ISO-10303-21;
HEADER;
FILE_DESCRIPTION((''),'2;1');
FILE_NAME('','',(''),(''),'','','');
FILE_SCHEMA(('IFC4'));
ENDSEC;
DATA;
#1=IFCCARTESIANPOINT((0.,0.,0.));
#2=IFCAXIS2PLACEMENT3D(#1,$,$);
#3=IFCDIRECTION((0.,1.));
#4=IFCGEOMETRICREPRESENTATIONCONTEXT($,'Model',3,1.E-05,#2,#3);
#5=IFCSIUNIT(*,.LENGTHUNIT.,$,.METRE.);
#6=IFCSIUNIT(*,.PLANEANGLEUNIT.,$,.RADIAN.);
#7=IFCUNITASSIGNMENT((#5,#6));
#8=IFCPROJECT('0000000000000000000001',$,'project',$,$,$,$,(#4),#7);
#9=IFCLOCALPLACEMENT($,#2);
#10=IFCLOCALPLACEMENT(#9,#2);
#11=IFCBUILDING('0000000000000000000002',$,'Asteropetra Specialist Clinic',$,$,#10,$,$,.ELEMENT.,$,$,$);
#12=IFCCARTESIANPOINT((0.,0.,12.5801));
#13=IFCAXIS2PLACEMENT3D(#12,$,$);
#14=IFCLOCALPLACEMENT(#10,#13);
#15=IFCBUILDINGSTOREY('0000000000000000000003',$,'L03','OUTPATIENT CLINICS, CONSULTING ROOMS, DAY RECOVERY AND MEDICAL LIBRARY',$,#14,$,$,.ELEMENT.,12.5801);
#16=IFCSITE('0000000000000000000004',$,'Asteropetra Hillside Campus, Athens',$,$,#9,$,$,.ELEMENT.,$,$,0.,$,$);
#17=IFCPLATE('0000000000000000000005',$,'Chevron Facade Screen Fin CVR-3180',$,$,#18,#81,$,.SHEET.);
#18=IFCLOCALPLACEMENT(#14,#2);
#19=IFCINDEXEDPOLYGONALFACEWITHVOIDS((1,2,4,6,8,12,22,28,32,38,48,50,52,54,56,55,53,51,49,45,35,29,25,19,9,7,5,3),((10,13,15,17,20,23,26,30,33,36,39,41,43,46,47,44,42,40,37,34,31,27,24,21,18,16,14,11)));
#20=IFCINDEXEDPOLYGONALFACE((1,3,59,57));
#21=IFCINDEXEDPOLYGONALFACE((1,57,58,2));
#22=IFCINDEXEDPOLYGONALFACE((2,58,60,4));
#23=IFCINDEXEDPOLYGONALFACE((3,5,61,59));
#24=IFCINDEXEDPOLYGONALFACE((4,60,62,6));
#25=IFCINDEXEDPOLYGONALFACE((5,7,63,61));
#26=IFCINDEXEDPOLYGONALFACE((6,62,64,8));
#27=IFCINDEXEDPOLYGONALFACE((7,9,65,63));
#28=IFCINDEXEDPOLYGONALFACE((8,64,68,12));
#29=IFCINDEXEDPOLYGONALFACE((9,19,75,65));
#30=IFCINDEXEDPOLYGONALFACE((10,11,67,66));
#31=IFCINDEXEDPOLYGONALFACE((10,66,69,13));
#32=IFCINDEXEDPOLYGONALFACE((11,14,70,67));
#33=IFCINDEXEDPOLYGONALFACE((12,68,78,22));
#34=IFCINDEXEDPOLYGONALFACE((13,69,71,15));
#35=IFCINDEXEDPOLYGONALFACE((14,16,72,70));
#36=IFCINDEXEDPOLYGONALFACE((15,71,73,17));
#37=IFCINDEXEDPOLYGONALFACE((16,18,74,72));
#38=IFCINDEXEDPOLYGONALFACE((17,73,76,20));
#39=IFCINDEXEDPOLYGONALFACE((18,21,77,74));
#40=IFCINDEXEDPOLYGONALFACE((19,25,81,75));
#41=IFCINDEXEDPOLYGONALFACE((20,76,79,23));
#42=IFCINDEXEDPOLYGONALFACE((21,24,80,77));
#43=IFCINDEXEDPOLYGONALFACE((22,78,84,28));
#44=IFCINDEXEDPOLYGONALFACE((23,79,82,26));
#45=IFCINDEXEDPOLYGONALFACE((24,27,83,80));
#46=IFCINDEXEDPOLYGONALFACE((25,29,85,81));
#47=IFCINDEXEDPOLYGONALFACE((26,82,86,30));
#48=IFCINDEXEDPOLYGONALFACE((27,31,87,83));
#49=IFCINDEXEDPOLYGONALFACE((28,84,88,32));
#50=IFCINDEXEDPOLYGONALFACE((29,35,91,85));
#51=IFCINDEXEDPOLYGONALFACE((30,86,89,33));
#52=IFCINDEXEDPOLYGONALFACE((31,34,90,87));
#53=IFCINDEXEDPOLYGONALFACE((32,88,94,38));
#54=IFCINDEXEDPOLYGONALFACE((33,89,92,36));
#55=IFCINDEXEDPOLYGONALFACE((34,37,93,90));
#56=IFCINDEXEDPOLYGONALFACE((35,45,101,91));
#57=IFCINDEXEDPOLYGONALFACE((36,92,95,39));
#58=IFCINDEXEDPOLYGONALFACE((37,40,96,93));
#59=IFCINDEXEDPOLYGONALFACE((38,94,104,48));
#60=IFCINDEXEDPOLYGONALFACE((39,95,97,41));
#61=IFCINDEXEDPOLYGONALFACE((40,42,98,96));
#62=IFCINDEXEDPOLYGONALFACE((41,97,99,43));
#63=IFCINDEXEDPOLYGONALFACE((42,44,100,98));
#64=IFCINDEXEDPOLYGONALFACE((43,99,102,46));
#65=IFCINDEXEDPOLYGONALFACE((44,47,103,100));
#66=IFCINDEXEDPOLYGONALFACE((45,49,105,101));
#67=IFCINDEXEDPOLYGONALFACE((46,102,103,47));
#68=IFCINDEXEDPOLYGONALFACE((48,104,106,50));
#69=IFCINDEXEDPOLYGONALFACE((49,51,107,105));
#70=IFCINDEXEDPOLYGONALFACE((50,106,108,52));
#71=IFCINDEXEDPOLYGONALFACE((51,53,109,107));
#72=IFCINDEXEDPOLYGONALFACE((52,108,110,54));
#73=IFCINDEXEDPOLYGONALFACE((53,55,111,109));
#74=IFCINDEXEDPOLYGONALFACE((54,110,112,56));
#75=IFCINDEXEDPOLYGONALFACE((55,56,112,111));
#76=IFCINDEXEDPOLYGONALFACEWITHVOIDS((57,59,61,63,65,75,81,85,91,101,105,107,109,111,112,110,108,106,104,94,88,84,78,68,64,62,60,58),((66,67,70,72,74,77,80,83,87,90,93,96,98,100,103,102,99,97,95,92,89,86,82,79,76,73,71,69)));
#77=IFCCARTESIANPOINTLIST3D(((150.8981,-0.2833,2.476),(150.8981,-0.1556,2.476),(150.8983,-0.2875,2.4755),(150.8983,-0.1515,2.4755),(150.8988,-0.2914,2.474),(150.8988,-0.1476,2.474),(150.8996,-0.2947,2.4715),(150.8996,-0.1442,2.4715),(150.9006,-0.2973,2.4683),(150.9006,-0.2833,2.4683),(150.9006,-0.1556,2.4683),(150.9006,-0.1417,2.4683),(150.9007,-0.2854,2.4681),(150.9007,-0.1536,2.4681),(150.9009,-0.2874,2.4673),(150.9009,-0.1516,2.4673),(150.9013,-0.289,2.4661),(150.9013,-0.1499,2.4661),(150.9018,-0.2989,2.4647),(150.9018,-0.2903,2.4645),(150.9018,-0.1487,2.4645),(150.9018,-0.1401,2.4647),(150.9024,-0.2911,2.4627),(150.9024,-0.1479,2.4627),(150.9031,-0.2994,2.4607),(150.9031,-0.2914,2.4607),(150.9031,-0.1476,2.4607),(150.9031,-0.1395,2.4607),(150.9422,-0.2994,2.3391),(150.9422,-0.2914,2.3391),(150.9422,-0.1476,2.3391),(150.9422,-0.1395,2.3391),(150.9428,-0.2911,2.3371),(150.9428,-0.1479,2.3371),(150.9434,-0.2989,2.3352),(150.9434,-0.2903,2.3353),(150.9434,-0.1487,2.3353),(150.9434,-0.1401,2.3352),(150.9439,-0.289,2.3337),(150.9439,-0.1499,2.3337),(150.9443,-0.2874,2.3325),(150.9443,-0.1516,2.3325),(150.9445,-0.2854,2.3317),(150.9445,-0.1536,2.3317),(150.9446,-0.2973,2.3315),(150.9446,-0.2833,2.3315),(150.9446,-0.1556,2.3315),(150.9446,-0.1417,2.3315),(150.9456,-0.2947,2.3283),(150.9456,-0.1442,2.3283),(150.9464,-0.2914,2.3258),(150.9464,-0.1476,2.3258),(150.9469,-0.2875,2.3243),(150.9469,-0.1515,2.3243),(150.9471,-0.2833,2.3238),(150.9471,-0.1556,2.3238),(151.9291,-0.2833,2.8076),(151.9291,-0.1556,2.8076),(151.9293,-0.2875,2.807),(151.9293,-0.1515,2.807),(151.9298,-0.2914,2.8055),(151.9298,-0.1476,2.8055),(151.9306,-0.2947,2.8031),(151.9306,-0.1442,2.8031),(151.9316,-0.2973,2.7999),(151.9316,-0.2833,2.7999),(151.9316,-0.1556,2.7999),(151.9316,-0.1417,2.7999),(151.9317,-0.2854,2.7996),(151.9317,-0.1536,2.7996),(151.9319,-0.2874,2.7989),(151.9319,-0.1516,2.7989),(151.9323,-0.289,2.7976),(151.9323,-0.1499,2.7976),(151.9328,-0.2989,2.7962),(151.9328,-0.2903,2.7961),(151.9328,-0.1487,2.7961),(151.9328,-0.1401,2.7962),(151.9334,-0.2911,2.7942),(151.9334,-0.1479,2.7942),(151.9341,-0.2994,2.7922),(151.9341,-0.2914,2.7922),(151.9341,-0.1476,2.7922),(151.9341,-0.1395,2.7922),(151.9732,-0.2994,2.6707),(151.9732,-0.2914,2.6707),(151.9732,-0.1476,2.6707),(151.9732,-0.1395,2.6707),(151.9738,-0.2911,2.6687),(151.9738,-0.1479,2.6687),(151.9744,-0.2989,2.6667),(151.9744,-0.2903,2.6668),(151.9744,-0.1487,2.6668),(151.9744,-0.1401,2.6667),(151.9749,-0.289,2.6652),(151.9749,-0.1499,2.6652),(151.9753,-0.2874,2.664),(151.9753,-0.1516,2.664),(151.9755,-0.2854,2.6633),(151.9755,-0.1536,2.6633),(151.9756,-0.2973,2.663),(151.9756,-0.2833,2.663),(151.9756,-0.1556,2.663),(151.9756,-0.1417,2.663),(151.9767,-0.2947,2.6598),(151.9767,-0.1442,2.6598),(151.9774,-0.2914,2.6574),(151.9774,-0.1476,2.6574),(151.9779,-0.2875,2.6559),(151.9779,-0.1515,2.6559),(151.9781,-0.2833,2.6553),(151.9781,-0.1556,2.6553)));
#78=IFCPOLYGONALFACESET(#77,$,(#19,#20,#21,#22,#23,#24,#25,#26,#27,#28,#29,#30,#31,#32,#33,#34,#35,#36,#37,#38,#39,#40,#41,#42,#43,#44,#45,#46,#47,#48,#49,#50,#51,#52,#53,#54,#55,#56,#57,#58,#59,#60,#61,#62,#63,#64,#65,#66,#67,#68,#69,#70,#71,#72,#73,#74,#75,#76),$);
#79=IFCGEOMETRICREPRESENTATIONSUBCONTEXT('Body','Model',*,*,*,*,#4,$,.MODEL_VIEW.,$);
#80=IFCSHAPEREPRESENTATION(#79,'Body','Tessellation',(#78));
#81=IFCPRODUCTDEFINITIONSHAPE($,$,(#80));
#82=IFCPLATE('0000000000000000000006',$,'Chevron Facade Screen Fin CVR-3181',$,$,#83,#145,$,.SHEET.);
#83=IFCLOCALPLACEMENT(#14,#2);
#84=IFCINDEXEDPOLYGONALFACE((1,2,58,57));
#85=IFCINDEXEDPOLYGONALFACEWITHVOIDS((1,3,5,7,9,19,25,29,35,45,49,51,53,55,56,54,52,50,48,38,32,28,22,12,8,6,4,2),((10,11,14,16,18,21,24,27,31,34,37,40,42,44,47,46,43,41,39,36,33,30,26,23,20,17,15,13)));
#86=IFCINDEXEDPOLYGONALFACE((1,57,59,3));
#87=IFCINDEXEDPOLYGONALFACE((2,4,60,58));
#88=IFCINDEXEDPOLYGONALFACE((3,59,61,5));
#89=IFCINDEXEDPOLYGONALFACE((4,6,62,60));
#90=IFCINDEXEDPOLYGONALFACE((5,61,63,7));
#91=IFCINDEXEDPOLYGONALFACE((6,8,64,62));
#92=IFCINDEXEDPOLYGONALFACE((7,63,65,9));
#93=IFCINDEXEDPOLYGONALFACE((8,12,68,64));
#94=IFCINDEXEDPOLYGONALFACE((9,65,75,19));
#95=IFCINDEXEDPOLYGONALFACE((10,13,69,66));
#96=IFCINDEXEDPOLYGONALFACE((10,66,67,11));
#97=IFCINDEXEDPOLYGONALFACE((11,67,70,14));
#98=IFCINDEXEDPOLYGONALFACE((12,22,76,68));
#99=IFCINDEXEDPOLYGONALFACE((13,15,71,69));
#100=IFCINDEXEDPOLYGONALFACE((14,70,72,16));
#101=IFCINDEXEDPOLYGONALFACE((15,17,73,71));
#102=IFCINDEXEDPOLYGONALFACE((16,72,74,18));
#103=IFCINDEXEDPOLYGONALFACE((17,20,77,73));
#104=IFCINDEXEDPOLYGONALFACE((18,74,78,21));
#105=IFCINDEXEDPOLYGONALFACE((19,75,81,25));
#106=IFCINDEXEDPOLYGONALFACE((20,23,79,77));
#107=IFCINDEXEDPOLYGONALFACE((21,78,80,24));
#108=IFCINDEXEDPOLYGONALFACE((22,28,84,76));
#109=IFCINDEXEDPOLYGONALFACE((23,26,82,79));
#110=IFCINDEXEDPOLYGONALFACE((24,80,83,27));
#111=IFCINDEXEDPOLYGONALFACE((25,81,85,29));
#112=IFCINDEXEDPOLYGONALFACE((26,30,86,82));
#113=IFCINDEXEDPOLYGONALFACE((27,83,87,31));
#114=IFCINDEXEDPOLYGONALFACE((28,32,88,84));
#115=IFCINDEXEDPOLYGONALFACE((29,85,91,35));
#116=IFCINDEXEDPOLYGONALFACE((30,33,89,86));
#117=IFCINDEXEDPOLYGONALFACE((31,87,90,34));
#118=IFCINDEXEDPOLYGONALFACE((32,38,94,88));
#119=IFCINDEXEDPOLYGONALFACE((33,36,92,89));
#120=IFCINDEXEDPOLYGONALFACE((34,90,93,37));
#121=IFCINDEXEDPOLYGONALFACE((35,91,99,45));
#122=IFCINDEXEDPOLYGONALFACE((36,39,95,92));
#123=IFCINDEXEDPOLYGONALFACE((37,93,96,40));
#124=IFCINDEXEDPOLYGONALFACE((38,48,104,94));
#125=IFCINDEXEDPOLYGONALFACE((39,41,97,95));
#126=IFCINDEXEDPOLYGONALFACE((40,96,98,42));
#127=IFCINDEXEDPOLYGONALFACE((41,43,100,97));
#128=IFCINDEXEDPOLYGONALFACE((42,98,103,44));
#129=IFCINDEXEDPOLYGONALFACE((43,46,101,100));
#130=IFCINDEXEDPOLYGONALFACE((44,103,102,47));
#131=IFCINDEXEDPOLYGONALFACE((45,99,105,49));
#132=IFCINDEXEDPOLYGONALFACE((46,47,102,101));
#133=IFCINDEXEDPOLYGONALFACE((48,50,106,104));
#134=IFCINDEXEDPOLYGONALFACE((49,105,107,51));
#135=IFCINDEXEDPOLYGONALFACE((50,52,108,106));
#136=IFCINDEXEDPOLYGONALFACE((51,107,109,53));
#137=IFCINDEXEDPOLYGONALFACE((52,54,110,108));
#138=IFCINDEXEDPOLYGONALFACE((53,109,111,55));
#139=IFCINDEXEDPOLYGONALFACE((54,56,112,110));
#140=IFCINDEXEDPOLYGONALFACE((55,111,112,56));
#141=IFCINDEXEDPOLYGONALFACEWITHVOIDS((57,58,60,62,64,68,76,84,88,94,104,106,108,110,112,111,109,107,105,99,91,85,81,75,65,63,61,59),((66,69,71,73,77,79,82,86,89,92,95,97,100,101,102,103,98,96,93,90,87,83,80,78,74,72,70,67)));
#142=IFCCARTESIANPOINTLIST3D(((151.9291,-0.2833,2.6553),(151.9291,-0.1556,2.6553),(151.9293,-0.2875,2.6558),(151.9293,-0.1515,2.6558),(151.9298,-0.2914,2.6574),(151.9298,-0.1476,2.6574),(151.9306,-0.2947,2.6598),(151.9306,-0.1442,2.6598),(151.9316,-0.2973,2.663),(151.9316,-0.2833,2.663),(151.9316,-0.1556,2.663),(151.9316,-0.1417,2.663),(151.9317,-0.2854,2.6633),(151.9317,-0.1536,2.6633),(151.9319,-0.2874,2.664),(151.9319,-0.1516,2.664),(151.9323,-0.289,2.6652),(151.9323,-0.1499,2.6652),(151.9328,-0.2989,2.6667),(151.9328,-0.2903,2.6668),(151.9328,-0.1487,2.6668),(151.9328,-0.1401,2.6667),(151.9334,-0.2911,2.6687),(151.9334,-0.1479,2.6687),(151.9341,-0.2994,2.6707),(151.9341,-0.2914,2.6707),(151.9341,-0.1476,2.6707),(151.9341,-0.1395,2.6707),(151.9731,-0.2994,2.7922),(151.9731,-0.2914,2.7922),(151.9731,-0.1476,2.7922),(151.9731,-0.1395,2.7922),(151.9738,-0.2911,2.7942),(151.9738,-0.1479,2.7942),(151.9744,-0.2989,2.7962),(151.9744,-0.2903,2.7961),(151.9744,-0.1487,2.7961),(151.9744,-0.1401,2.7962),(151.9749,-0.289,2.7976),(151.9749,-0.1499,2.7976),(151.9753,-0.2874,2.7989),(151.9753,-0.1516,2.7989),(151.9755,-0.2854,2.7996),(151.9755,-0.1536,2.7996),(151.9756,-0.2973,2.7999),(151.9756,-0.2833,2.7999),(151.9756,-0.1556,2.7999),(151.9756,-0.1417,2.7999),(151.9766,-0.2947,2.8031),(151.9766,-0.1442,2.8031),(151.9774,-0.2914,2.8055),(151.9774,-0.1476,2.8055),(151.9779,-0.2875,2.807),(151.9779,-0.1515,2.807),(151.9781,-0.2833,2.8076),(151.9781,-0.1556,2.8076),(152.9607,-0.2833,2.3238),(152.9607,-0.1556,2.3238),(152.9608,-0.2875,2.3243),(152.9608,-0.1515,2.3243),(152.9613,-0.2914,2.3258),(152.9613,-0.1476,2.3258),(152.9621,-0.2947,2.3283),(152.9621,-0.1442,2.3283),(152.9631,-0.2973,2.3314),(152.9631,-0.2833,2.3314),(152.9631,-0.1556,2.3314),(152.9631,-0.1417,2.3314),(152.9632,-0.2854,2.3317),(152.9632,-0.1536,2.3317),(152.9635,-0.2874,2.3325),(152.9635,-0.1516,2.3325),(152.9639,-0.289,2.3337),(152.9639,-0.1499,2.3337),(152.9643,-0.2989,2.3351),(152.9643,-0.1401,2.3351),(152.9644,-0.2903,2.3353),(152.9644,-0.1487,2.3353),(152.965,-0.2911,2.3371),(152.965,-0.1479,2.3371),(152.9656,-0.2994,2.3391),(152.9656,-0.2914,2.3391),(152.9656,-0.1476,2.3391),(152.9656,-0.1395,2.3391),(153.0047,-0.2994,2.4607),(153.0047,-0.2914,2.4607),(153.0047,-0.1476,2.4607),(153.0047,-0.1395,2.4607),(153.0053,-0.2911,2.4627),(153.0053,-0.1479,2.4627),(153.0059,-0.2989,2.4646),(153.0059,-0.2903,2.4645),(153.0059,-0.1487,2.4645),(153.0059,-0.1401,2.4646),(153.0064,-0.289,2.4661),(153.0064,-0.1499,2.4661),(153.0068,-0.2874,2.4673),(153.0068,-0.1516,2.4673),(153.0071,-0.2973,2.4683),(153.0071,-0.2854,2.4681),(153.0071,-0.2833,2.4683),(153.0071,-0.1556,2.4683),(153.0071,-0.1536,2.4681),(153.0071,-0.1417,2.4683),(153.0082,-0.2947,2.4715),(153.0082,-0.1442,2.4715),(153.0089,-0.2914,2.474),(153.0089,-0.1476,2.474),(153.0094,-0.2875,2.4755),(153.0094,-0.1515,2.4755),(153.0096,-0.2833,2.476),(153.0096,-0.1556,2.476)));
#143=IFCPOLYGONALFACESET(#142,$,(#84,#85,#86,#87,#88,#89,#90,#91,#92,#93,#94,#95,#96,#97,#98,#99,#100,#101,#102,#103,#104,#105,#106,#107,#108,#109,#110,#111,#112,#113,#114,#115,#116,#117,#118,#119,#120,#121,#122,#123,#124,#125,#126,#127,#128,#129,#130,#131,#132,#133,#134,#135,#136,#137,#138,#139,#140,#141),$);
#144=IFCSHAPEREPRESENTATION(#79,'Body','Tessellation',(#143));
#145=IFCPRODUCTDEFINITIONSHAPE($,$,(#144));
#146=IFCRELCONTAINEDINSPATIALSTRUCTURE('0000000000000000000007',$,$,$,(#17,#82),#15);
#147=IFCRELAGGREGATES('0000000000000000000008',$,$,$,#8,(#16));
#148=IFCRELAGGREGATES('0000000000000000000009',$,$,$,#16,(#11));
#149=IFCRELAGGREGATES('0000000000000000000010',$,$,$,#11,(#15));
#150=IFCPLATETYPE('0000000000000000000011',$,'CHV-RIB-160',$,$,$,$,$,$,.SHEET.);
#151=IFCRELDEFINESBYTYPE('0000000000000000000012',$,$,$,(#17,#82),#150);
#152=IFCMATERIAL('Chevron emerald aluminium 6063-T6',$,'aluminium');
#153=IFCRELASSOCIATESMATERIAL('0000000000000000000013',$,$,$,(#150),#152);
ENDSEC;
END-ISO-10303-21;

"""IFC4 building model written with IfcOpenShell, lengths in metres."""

from ifc_helpers import new_model, si_unit, direction, frame, origin, origin_2d, place, context, subcontext, project, spatial, hollow_rectangle, extrude, material, material_profile, profile_set, type_object, element, save


model = new_model("IFC4")

# Units and contexts
model_context = context("Model", 3, precision=1e-05, world=origin(), true_north=direction((0.0, 1.0)))
body_context = subcontext(model_context, "Body", "Model", "MODEL_VIEW")
ifc_project = project(units=[si_unit("LENGTHUNIT", "METRE"), si_unit("PLANEANGLEUNIT", "RADIAN")], contexts=[model_context])

# Site, building, storey
site_placement = place(None, origin())
site = spatial("IfcSite", under=ifc_project, at=site_placement, Name="Asteropetra Hillside Campus, Athens", CompositionType="ELEMENT", RefElevation=0.0)
building_placement = place(site_placement, origin())
building = spatial("IfcBuilding", under=site, at=building_placement, Name="Asteropetra Specialist Clinic", CompositionType="ELEMENT")
storey_placement = place(building_placement, frame((0.0, 0.0, 12.5801)))
storey = spatial("IfcBuildingStorey", under=building, at=storey_placement, Name="L03", Description="OUTPATIENT CLINICS, CONSULTING ROOMS, DAY RECOVERY AND MEDICAL LIBRARY", CompositionType="ELEMENT", Elevation=12.5801)

# Plates
ifc_material_1 = material(Name="Chevron emerald aluminium 6063-T6", Category="aluminium")
ifc_material_profile_1 = material_profile(ifc_material_1, hollow_rectangle(XDim=0.1599, YDim=0.1599, WallThickness=0.0081, InnerFilletRadius=0.0081, OuterFilletRadius=0.0161, at=origin_2d()), Name="SHS 160x160x8.0")
ifc_profile_set_1 = profile_set([ifc_material_profile_1], Name="Chevron emerald aluminium 6063-T6")
plate_type_1 = type_object("IfcPlateType", Name="CHV-RIB-160", PredefinedType="SHEET", material=ifc_profile_set_1)
plate_1_placement = place(storey_placement, frame((150.9226, -0.2195, 2.3999), z_axis=(0.951989, 0.0, 0.306133), x_axis=(0.0, 1.0, 0.0)))
element("IfcPlate", 1, at=plate_1_placement, inside=storey, type_object=plate_type_1, Name="Chevron Facade Screen Fin CVR-3180", PredefinedType="SHEET", context=body_context, shape_type="SweptSolid", body=[
    extrude(hollow_rectangle(XDim=0.1599, YDim=0.1599, WallThickness=0.0081, InnerFilletRadius=0.0081, OuterFilletRadius=0.0161, at=origin_2d()), origin(), (0.0, 0.0, 1.0), 1.083),
])
plate_2_placement = place(storey_placement, frame((151.9536, -0.2195, 2.7314), z_axis=(0.952031, 0.0, -0.306002), x_axis=(0.0, 1.0, 0.0)))
element("IfcPlate", 2, at=plate_2_placement, inside=storey, type_object=plate_type_1, Name="Chevron Facade Screen Fin CVR-3181", PredefinedType="SHEET", context=body_context, shape_type="SweptSolid", body=[
    extrude(hollow_rectangle(XDim=0.1599, YDim=0.1599, WallThickness=0.0081, InnerFilletRadius=0.0081, OuterFilletRadius=0.0161, at=origin_2d()), origin(), (0.0, 0.0, 1.0), 1.0835),
])

save(model, "model.ifc")
